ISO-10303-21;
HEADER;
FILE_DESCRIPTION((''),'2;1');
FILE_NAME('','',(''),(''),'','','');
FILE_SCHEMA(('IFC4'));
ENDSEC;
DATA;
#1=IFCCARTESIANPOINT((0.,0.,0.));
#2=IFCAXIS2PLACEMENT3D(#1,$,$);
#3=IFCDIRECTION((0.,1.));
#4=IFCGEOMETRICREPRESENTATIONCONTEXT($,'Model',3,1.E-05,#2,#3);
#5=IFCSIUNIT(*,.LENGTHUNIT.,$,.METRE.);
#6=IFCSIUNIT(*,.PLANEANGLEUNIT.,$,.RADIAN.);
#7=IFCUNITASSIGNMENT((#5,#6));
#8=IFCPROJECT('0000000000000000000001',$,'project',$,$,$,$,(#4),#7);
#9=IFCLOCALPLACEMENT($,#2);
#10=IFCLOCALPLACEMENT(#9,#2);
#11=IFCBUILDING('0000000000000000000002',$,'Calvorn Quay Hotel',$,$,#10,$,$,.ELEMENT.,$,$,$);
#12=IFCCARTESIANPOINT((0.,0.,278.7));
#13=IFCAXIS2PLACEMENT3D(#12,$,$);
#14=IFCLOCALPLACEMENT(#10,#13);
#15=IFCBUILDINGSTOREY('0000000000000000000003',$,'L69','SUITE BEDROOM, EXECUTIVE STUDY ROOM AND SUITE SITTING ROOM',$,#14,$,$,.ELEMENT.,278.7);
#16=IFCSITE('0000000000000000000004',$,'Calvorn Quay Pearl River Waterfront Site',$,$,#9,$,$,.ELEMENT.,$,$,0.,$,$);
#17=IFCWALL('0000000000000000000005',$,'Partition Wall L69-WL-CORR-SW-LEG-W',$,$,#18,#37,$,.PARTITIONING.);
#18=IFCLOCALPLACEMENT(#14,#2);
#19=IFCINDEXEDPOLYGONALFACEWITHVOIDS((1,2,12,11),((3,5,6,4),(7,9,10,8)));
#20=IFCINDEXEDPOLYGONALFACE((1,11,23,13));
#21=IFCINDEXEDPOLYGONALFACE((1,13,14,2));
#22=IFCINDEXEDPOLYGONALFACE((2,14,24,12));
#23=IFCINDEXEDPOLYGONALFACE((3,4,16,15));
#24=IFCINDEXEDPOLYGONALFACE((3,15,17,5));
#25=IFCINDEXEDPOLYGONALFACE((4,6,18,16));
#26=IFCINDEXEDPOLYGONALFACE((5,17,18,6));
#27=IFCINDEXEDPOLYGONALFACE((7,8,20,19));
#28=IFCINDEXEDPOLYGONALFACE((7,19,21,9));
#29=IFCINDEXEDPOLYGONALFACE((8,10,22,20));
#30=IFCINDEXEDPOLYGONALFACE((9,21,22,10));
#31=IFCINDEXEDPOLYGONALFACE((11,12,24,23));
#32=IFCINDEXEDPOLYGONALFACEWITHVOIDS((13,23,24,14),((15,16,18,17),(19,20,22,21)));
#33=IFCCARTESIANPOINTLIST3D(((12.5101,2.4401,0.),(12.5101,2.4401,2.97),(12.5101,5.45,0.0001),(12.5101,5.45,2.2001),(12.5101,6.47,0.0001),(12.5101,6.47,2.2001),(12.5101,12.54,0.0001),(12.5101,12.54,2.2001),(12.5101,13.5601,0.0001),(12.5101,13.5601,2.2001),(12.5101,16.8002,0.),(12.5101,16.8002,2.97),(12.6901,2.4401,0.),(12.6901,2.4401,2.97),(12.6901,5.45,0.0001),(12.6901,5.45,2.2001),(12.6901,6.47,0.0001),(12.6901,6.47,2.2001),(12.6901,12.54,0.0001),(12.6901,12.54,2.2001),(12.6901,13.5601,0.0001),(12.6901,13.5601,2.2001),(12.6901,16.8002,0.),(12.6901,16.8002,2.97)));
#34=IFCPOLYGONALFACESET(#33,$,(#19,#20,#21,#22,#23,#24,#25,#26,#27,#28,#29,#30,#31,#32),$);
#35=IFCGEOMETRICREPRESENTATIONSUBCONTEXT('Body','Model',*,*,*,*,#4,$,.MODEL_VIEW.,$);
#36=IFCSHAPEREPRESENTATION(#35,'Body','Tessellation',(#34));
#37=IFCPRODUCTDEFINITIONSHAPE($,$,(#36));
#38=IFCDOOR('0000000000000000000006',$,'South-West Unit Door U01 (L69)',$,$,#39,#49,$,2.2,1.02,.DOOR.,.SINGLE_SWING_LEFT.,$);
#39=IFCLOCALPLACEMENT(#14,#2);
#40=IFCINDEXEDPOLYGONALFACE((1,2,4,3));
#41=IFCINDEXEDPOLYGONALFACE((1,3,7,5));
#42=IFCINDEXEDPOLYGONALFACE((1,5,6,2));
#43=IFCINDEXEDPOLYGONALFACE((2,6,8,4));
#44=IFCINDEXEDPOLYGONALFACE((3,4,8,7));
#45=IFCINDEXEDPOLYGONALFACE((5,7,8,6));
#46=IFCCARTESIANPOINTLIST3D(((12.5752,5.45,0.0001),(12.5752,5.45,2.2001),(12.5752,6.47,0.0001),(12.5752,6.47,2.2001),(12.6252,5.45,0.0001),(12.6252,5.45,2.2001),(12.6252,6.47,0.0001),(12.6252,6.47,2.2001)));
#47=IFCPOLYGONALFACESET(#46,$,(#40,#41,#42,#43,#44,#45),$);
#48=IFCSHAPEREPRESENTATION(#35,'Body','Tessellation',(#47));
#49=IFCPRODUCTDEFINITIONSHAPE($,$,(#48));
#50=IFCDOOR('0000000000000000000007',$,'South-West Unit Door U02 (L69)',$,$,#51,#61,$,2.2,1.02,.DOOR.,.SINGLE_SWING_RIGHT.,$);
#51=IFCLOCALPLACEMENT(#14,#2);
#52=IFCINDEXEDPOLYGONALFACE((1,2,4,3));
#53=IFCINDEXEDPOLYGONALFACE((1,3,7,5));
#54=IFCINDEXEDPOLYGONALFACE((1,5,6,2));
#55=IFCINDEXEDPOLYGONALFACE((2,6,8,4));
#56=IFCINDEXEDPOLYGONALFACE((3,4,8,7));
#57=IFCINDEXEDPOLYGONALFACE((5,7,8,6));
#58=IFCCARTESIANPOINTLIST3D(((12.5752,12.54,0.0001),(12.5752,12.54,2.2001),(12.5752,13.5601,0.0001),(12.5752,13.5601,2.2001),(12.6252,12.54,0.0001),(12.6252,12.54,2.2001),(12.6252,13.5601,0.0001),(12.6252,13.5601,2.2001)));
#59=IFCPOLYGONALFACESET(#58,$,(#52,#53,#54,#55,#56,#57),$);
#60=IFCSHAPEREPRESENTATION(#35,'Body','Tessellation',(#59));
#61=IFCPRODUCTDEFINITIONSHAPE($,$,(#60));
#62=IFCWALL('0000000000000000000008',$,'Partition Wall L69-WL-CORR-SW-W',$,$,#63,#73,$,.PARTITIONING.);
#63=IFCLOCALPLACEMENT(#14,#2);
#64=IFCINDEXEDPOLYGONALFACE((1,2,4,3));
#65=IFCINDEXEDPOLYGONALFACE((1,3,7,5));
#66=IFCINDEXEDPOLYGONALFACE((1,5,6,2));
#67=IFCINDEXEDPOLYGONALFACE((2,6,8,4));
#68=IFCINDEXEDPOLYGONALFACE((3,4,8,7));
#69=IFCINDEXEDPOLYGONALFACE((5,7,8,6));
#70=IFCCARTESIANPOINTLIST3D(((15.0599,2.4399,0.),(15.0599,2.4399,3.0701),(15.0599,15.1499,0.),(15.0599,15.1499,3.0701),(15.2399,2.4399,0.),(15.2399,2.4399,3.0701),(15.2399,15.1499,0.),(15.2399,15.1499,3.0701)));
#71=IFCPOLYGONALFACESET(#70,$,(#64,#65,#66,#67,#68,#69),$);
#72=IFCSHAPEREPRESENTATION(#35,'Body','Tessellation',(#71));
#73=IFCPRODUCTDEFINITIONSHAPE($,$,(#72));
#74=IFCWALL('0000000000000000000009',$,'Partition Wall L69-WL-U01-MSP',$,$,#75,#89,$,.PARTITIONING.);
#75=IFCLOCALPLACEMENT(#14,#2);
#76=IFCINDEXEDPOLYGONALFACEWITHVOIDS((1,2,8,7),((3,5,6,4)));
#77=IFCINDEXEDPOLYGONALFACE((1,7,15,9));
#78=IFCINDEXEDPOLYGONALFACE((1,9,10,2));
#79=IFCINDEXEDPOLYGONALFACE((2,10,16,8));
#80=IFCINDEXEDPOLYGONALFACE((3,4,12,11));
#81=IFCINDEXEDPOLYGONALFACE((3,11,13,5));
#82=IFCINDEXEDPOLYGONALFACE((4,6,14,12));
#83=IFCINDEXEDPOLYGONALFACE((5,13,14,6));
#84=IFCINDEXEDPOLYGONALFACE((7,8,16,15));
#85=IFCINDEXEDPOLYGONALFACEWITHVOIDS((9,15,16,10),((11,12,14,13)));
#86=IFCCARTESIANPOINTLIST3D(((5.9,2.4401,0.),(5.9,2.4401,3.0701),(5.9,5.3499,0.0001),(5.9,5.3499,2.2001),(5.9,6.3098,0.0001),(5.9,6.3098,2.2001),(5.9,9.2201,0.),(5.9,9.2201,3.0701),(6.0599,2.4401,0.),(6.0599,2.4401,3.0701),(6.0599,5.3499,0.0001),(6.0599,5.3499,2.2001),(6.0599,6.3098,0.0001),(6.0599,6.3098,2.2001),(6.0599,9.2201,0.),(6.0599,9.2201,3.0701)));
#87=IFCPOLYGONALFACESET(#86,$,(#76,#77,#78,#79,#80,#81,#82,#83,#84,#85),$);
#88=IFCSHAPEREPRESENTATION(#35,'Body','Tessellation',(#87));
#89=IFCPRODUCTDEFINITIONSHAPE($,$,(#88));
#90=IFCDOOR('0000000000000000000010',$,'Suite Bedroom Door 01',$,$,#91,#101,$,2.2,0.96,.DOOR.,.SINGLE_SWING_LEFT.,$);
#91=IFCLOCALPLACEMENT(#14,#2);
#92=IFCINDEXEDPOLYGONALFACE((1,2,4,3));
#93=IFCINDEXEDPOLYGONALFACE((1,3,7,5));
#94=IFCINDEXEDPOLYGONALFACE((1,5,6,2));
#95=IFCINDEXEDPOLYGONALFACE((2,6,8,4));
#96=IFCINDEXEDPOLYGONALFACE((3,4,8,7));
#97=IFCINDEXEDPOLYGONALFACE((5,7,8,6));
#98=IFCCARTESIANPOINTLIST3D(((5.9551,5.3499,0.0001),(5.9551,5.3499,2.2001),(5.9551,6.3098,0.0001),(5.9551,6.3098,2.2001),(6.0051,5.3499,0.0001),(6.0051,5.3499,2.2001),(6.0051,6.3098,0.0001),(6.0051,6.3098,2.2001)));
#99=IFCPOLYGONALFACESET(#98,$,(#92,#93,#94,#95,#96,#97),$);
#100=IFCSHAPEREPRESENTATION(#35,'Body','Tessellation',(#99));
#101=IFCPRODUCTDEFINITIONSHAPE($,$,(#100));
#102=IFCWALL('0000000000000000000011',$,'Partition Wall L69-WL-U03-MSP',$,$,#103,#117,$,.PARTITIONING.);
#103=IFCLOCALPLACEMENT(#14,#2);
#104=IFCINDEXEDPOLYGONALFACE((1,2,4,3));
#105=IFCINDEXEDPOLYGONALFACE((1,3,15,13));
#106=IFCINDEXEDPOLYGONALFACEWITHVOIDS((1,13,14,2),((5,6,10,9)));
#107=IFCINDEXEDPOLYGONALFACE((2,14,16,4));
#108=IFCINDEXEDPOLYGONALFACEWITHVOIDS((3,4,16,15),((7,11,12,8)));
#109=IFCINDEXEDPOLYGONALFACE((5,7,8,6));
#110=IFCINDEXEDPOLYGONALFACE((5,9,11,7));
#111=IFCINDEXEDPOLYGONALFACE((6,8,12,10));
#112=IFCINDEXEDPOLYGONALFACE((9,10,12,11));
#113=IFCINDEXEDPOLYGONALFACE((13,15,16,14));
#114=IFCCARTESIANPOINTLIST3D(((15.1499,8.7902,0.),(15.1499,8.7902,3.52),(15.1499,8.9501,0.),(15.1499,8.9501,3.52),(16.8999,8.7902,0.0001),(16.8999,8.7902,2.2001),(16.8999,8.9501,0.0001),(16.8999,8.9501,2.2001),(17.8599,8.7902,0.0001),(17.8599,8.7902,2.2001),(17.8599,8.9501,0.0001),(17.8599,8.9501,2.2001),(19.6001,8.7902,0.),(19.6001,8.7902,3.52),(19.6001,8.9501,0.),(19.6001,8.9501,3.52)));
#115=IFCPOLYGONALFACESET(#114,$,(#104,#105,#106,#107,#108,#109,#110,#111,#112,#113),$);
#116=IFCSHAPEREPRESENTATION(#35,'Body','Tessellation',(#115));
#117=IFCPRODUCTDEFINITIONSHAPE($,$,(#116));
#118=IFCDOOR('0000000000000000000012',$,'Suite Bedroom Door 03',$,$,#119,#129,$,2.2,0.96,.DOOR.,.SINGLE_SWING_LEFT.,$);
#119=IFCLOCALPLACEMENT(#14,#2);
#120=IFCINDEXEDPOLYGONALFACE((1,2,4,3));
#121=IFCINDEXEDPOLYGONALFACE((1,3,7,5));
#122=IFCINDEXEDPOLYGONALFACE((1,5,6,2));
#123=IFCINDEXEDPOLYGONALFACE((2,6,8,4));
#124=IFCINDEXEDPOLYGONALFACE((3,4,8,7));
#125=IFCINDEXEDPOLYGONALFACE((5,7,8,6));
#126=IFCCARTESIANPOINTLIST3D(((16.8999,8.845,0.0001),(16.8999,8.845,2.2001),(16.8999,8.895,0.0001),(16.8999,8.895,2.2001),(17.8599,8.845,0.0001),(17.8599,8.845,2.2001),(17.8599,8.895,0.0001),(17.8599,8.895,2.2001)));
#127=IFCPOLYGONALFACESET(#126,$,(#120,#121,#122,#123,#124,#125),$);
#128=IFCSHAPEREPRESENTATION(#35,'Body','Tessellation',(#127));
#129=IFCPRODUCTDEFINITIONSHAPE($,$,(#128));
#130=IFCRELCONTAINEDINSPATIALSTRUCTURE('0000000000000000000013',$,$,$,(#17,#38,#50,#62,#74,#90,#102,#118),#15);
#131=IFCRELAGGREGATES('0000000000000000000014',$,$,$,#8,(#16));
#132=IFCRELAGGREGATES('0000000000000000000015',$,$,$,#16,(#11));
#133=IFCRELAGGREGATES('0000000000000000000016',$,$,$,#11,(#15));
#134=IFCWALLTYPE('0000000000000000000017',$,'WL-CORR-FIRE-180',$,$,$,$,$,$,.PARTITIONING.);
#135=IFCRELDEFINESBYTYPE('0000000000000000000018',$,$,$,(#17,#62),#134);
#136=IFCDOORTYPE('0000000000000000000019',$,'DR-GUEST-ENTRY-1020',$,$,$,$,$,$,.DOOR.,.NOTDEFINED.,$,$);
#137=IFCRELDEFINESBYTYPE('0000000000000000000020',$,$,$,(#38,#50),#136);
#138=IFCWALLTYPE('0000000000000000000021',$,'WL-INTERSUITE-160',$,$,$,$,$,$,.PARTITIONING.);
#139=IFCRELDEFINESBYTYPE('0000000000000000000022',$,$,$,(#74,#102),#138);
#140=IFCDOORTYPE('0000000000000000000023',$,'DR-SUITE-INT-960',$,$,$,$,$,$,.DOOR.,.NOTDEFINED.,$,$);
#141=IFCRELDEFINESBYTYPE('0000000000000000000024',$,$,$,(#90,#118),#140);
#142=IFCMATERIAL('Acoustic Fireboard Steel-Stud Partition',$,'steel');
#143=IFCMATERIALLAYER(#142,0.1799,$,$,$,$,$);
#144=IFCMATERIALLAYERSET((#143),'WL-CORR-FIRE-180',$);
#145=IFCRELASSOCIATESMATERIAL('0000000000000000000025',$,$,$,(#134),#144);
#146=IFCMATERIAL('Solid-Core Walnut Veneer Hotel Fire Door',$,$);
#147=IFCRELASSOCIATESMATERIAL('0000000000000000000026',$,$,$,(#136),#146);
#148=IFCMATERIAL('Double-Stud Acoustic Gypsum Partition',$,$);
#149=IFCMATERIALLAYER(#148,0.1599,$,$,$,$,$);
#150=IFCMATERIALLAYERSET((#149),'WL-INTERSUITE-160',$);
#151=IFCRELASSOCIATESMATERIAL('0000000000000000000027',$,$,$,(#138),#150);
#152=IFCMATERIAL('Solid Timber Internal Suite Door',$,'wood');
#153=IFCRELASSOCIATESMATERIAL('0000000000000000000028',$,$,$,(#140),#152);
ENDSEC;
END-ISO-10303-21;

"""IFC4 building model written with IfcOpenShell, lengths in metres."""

from ifc_helpers import new_model, si_unit, direction, frame, frame_2d, origin, place, context, subcontext, project, spatial, rectangle, extrude, material, layer, layer_set, type_object, element, fill, save


model = new_model("IFC4")

# Units and contexts
model_context = context("Model", 3, precision=1e-05, world=origin(), true_north=direction((0.0, 1.0)))
body_context = subcontext(model_context, "Body", "Model", "MODEL_VIEW")
ifc_project = project(units=[si_unit("LENGTHUNIT", "METRE"), si_unit("PLANEANGLEUNIT", "RADIAN")], contexts=[model_context])

# Site, building, storey
site_placement = place(None, origin())
site = spatial("IfcSite", under=ifc_project, at=site_placement, Name="Calvorn Quay Pearl River Waterfront Site", CompositionType="ELEMENT", RefElevation=0.0)
building_placement = place(site_placement, origin())
building = spatial("IfcBuilding", under=site, at=building_placement, Name="Calvorn Quay Hotel", CompositionType="ELEMENT")
storey_placement = place(building_placement, frame((0.0, 0.0, 278.7)))
storey = spatial("IfcBuildingStorey", under=building, at=storey_placement, Name="L69", Description="SUITE BEDROOM, EXECUTIVE STUDY ROOM AND SUITE SITTING ROOM", CompositionType="ELEMENT", Elevation=278.7)

# Wall, openings, doors
ifc_material_1 = material(Name="Acoustic Fireboard Steel-Stud Partition", Category="steel")
ifc_layer_1 = layer(ifc_material_1, 0.1799)
ifc_layer_set_1 = layer_set([ifc_layer_1], Name="WL-CORR-FIRE-180")
wall_type_1 = type_object("IfcWallType", Name="WL-CORR-FIRE-180", PredefinedType="PARTITIONING", material=ifc_layer_set_1)
wall_1_placement = place(storey_placement, frame((12.6001, 2.4399, 0.0), z_axis=(0.0, 0.0, 1.0), x_axis=(0.0, 1.0, 0.0)))
wall_1 = element("IfcWall", 1, at=wall_1_placement, inside=storey, type_object=wall_type_1, Name="Partition Wall L69-WL-CORR-SW-LEG-W", PredefinedType="PARTITIONING", context=body_context, shape_type="SweptSolid", body=[
    extrude(rectangle(XDim=14.3601, YDim=0.1799, at=frame_2d((7.1802, 0.0))), origin(), (0.0, 0.0, 1.0), 2.97),
])
opening_1_placement = place(wall_1_placement, frame((3.01, 0.0, 0.0)))
opening_1 = element("IfcOpeningElement", 2, at=opening_1_placement, cuts=wall_1, PredefinedType="OPENING", context=body_context, shape_type="SweptSolid", body=[
    extrude(rectangle(XDim=1.02, YDim=2.2, at=frame_2d((0.51, 1.1001))), frame((0.0, 0.0999, 0.0), z_axis=(0.0, -1.0, 0.0), x_axis=(1.0, 0.0, 0.0)), (0.0, 0.0, 1.0), 0.2),
])
opening_2_placement = place(wall_1_placement, frame((10.1001, 0.0, 0.0)))
opening_2 = element("IfcOpeningElement", 3, at=opening_2_placement, cuts=wall_1, PredefinedType="OPENING", context=body_context, shape_type="SweptSolid", body=[
    extrude(rectangle(XDim=1.02, YDim=2.2, at=frame_2d((0.51, 1.1001))), frame((0.0, 0.0999, 0.0), z_axis=(0.0, -1.0, 0.0), x_axis=(1.0, 0.0, 0.0)), (0.0, 0.0, 1.0), 0.2),
])
ifc_material_2 = material(Name="Solid-Core Walnut Veneer Hotel Fire Door")
door_type_1 = type_object("IfcDoorType", Name="DR-GUEST-ENTRY-1020", OperationType="NOTDEFINED", PredefinedType="DOOR", material=ifc_material_2)
door_1_placement = place(opening_1_placement, origin())
door_1 = element("IfcDoor", 4, at=door_1_placement, inside=storey, type_object=door_type_1, Name="South-West Unit Door U01 (L69)", OperationType="SINGLE_SWING_LEFT", OverallHeight=2.2, OverallWidth=1.02, PredefinedType="DOOR", context=body_context, shape_type="SweptSolid", body=[
    extrude(rectangle(XDim=1.02, YDim=2.2, at=frame_2d((0.51, 1.1001))), frame((0.0, 0.0249, 0.0), z_axis=(0.0, -1.0, 0.0), x_axis=(1.0, 0.0, 0.0)), (0.0, 0.0, 1.0), 0.05),
])
fill(opening_1, door_1)
door_2_placement = place(opening_2_placement, origin())
door_2 = element("IfcDoor", 5, at=door_2_placement, inside=storey, type_object=door_type_1, Name="South-West Unit Door U02 (L69)", OperationType="SINGLE_SWING_RIGHT", OverallHeight=2.2, OverallWidth=1.02, PredefinedType="DOOR", context=body_context, shape_type="SweptSolid", body=[
    extrude(rectangle(XDim=1.02, YDim=2.2, at=frame_2d((0.51, 1.1001))), frame((0.0, 0.0249, 0.0), z_axis=(0.0, -1.0, 0.0), x_axis=(1.0, 0.0, 0.0)), (0.0, 0.0, 1.0), 0.05),
])
fill(opening_2, door_2)

# Wall
wall_2_placement = place(storey_placement, frame((15.1499, 2.4399, 0.0), z_axis=(0.0, 0.0, 1.0), x_axis=(0.0, 1.0, 0.0)))
element("IfcWall", 6, at=wall_2_placement, inside=storey, type_object=wall_type_1, Name="Partition Wall L69-WL-CORR-SW-W", PredefinedType="PARTITIONING", context=body_context, shape_type="SweptSolid", body=[
    extrude(rectangle(XDim=12.71, YDim=0.1799, at=frame_2d((6.355, 0.0))), origin(), (0.0, 0.0, 1.0), 3.0701),
])

# Walls, openings, doors
ifc_material_3 = material(Name="Double-Stud Acoustic Gypsum Partition")
ifc_layer_2 = layer(ifc_material_3, 0.1599)
ifc_layer_set_2 = layer_set([ifc_layer_2], Name="WL-INTERSUITE-160")
wall_type_2 = type_object("IfcWallType", Name="WL-INTERSUITE-160", PredefinedType="PARTITIONING", material=ifc_layer_set_2)
wall_3_placement = place(storey_placement, frame((5.98, 2.4399, 0.0), z_axis=(0.0, 0.0, 1.0), x_axis=(0.0, 1.0, 0.0)))
wall_3 = element("IfcWall", 7, at=wall_3_placement, inside=storey, type_object=wall_type_2, Name="Partition Wall L69-WL-U01-MSP", PredefinedType="PARTITIONING", context=body_context, shape_type="SweptSolid", body=[
    extrude(rectangle(XDim=6.78, YDim=0.1599, at=frame_2d((3.3901, 0.0))), origin(), (0.0, 0.0, 1.0), 3.0701),
])
opening_3_placement = place(wall_3_placement, frame((2.9099, 0.0, 0.0)))
opening_3 = element("IfcOpeningElement", 8, at=opening_3_placement, cuts=wall_3, PredefinedType="OPENING", context=body_context, shape_type="SweptSolid", body=[
    extrude(rectangle(XDim=0.96, YDim=2.2, at=frame_2d((0.48, 1.1001))), frame((0.0, 0.0898, 0.0), z_axis=(0.0, -1.0, 0.0), x_axis=(1.0, 0.0, 0.0)), (0.0, 0.0, 1.0), 0.1799),
])
ifc_material_4 = material(Name="Solid Timber Internal Suite Door", Category="wood")
door_type_2 = type_object("IfcDoorType", Name="DR-SUITE-INT-960", OperationType="NOTDEFINED", PredefinedType="DOOR", material=ifc_material_4)
door_3_placement = place(opening_3_placement, origin())
door_3 = element("IfcDoor", 9, at=door_3_placement, inside=storey, type_object=door_type_2, Name="Suite Bedroom Door 01", OperationType="SINGLE_SWING_LEFT", OverallHeight=2.2, OverallWidth=0.96, PredefinedType="DOOR", context=body_context, shape_type="SweptSolid", body=[
    extrude(rectangle(XDim=0.96, YDim=2.2, at=frame_2d((0.48, 1.1001))), frame((0.0, 0.0249, 0.0), z_axis=(0.0, -1.0, 0.0), x_axis=(1.0, 0.0, 0.0)), (0.0, 0.0, 1.0), 0.05),
])
fill(opening_3, door_3)
wall_4_placement = place(storey_placement, frame((15.1499, 8.8701, 0.0), z_axis=(0.0, 0.0, 1.0), x_axis=(1.0, 0.0, 0.0)))
wall_4 = element("IfcWall", 10, at=wall_4_placement, inside=storey, type_object=wall_type_2, Name="Partition Wall L69-WL-U03-MSP", PredefinedType="PARTITIONING", context=body_context, shape_type="SweptSolid", body=[
    extrude(rectangle(XDim=4.4502, YDim=0.1599, at=frame_2d((2.2251, 0.0))), origin(), (0.0, 0.0, 1.0), 3.52),
])
opening_4_placement = place(wall_4_placement, frame((1.75, 0.0, 0.0)))
opening_4 = element("IfcOpeningElement", 11, at=opening_4_placement, cuts=wall_4, PredefinedType="OPENING", context=body_context, shape_type="SweptSolid", body=[
    extrude(rectangle(XDim=0.96, YDim=2.2, at=frame_2d((0.48, 1.1001))), frame((0.0, 0.0898, 0.0), z_axis=(0.0, -1.0, 0.0), x_axis=(1.0, 0.0, 0.0)), (0.0, 0.0, 1.0), 0.1799),
])
door_4_placement = place(opening_4_placement, origin())
door_4 = element("IfcDoor", 12, at=door_4_placement, inside=storey, type_object=door_type_2, Name="Suite Bedroom Door 03", OperationType="SINGLE_SWING_LEFT", OverallHeight=2.2, OverallWidth=0.96, PredefinedType="DOOR", context=body_context, shape_type="SweptSolid", body=[
    extrude(rectangle(XDim=0.96, YDim=2.2, at=frame_2d((0.48, 1.1001))), frame((0.0, 0.0249, 0.0), z_axis=(0.0, -1.0, 0.0), x_axis=(1.0, 0.0, 0.0)), (0.0, 0.0, 1.0), 0.05),
])
fill(opening_4, door_4)

save(model, "model.ifc")
